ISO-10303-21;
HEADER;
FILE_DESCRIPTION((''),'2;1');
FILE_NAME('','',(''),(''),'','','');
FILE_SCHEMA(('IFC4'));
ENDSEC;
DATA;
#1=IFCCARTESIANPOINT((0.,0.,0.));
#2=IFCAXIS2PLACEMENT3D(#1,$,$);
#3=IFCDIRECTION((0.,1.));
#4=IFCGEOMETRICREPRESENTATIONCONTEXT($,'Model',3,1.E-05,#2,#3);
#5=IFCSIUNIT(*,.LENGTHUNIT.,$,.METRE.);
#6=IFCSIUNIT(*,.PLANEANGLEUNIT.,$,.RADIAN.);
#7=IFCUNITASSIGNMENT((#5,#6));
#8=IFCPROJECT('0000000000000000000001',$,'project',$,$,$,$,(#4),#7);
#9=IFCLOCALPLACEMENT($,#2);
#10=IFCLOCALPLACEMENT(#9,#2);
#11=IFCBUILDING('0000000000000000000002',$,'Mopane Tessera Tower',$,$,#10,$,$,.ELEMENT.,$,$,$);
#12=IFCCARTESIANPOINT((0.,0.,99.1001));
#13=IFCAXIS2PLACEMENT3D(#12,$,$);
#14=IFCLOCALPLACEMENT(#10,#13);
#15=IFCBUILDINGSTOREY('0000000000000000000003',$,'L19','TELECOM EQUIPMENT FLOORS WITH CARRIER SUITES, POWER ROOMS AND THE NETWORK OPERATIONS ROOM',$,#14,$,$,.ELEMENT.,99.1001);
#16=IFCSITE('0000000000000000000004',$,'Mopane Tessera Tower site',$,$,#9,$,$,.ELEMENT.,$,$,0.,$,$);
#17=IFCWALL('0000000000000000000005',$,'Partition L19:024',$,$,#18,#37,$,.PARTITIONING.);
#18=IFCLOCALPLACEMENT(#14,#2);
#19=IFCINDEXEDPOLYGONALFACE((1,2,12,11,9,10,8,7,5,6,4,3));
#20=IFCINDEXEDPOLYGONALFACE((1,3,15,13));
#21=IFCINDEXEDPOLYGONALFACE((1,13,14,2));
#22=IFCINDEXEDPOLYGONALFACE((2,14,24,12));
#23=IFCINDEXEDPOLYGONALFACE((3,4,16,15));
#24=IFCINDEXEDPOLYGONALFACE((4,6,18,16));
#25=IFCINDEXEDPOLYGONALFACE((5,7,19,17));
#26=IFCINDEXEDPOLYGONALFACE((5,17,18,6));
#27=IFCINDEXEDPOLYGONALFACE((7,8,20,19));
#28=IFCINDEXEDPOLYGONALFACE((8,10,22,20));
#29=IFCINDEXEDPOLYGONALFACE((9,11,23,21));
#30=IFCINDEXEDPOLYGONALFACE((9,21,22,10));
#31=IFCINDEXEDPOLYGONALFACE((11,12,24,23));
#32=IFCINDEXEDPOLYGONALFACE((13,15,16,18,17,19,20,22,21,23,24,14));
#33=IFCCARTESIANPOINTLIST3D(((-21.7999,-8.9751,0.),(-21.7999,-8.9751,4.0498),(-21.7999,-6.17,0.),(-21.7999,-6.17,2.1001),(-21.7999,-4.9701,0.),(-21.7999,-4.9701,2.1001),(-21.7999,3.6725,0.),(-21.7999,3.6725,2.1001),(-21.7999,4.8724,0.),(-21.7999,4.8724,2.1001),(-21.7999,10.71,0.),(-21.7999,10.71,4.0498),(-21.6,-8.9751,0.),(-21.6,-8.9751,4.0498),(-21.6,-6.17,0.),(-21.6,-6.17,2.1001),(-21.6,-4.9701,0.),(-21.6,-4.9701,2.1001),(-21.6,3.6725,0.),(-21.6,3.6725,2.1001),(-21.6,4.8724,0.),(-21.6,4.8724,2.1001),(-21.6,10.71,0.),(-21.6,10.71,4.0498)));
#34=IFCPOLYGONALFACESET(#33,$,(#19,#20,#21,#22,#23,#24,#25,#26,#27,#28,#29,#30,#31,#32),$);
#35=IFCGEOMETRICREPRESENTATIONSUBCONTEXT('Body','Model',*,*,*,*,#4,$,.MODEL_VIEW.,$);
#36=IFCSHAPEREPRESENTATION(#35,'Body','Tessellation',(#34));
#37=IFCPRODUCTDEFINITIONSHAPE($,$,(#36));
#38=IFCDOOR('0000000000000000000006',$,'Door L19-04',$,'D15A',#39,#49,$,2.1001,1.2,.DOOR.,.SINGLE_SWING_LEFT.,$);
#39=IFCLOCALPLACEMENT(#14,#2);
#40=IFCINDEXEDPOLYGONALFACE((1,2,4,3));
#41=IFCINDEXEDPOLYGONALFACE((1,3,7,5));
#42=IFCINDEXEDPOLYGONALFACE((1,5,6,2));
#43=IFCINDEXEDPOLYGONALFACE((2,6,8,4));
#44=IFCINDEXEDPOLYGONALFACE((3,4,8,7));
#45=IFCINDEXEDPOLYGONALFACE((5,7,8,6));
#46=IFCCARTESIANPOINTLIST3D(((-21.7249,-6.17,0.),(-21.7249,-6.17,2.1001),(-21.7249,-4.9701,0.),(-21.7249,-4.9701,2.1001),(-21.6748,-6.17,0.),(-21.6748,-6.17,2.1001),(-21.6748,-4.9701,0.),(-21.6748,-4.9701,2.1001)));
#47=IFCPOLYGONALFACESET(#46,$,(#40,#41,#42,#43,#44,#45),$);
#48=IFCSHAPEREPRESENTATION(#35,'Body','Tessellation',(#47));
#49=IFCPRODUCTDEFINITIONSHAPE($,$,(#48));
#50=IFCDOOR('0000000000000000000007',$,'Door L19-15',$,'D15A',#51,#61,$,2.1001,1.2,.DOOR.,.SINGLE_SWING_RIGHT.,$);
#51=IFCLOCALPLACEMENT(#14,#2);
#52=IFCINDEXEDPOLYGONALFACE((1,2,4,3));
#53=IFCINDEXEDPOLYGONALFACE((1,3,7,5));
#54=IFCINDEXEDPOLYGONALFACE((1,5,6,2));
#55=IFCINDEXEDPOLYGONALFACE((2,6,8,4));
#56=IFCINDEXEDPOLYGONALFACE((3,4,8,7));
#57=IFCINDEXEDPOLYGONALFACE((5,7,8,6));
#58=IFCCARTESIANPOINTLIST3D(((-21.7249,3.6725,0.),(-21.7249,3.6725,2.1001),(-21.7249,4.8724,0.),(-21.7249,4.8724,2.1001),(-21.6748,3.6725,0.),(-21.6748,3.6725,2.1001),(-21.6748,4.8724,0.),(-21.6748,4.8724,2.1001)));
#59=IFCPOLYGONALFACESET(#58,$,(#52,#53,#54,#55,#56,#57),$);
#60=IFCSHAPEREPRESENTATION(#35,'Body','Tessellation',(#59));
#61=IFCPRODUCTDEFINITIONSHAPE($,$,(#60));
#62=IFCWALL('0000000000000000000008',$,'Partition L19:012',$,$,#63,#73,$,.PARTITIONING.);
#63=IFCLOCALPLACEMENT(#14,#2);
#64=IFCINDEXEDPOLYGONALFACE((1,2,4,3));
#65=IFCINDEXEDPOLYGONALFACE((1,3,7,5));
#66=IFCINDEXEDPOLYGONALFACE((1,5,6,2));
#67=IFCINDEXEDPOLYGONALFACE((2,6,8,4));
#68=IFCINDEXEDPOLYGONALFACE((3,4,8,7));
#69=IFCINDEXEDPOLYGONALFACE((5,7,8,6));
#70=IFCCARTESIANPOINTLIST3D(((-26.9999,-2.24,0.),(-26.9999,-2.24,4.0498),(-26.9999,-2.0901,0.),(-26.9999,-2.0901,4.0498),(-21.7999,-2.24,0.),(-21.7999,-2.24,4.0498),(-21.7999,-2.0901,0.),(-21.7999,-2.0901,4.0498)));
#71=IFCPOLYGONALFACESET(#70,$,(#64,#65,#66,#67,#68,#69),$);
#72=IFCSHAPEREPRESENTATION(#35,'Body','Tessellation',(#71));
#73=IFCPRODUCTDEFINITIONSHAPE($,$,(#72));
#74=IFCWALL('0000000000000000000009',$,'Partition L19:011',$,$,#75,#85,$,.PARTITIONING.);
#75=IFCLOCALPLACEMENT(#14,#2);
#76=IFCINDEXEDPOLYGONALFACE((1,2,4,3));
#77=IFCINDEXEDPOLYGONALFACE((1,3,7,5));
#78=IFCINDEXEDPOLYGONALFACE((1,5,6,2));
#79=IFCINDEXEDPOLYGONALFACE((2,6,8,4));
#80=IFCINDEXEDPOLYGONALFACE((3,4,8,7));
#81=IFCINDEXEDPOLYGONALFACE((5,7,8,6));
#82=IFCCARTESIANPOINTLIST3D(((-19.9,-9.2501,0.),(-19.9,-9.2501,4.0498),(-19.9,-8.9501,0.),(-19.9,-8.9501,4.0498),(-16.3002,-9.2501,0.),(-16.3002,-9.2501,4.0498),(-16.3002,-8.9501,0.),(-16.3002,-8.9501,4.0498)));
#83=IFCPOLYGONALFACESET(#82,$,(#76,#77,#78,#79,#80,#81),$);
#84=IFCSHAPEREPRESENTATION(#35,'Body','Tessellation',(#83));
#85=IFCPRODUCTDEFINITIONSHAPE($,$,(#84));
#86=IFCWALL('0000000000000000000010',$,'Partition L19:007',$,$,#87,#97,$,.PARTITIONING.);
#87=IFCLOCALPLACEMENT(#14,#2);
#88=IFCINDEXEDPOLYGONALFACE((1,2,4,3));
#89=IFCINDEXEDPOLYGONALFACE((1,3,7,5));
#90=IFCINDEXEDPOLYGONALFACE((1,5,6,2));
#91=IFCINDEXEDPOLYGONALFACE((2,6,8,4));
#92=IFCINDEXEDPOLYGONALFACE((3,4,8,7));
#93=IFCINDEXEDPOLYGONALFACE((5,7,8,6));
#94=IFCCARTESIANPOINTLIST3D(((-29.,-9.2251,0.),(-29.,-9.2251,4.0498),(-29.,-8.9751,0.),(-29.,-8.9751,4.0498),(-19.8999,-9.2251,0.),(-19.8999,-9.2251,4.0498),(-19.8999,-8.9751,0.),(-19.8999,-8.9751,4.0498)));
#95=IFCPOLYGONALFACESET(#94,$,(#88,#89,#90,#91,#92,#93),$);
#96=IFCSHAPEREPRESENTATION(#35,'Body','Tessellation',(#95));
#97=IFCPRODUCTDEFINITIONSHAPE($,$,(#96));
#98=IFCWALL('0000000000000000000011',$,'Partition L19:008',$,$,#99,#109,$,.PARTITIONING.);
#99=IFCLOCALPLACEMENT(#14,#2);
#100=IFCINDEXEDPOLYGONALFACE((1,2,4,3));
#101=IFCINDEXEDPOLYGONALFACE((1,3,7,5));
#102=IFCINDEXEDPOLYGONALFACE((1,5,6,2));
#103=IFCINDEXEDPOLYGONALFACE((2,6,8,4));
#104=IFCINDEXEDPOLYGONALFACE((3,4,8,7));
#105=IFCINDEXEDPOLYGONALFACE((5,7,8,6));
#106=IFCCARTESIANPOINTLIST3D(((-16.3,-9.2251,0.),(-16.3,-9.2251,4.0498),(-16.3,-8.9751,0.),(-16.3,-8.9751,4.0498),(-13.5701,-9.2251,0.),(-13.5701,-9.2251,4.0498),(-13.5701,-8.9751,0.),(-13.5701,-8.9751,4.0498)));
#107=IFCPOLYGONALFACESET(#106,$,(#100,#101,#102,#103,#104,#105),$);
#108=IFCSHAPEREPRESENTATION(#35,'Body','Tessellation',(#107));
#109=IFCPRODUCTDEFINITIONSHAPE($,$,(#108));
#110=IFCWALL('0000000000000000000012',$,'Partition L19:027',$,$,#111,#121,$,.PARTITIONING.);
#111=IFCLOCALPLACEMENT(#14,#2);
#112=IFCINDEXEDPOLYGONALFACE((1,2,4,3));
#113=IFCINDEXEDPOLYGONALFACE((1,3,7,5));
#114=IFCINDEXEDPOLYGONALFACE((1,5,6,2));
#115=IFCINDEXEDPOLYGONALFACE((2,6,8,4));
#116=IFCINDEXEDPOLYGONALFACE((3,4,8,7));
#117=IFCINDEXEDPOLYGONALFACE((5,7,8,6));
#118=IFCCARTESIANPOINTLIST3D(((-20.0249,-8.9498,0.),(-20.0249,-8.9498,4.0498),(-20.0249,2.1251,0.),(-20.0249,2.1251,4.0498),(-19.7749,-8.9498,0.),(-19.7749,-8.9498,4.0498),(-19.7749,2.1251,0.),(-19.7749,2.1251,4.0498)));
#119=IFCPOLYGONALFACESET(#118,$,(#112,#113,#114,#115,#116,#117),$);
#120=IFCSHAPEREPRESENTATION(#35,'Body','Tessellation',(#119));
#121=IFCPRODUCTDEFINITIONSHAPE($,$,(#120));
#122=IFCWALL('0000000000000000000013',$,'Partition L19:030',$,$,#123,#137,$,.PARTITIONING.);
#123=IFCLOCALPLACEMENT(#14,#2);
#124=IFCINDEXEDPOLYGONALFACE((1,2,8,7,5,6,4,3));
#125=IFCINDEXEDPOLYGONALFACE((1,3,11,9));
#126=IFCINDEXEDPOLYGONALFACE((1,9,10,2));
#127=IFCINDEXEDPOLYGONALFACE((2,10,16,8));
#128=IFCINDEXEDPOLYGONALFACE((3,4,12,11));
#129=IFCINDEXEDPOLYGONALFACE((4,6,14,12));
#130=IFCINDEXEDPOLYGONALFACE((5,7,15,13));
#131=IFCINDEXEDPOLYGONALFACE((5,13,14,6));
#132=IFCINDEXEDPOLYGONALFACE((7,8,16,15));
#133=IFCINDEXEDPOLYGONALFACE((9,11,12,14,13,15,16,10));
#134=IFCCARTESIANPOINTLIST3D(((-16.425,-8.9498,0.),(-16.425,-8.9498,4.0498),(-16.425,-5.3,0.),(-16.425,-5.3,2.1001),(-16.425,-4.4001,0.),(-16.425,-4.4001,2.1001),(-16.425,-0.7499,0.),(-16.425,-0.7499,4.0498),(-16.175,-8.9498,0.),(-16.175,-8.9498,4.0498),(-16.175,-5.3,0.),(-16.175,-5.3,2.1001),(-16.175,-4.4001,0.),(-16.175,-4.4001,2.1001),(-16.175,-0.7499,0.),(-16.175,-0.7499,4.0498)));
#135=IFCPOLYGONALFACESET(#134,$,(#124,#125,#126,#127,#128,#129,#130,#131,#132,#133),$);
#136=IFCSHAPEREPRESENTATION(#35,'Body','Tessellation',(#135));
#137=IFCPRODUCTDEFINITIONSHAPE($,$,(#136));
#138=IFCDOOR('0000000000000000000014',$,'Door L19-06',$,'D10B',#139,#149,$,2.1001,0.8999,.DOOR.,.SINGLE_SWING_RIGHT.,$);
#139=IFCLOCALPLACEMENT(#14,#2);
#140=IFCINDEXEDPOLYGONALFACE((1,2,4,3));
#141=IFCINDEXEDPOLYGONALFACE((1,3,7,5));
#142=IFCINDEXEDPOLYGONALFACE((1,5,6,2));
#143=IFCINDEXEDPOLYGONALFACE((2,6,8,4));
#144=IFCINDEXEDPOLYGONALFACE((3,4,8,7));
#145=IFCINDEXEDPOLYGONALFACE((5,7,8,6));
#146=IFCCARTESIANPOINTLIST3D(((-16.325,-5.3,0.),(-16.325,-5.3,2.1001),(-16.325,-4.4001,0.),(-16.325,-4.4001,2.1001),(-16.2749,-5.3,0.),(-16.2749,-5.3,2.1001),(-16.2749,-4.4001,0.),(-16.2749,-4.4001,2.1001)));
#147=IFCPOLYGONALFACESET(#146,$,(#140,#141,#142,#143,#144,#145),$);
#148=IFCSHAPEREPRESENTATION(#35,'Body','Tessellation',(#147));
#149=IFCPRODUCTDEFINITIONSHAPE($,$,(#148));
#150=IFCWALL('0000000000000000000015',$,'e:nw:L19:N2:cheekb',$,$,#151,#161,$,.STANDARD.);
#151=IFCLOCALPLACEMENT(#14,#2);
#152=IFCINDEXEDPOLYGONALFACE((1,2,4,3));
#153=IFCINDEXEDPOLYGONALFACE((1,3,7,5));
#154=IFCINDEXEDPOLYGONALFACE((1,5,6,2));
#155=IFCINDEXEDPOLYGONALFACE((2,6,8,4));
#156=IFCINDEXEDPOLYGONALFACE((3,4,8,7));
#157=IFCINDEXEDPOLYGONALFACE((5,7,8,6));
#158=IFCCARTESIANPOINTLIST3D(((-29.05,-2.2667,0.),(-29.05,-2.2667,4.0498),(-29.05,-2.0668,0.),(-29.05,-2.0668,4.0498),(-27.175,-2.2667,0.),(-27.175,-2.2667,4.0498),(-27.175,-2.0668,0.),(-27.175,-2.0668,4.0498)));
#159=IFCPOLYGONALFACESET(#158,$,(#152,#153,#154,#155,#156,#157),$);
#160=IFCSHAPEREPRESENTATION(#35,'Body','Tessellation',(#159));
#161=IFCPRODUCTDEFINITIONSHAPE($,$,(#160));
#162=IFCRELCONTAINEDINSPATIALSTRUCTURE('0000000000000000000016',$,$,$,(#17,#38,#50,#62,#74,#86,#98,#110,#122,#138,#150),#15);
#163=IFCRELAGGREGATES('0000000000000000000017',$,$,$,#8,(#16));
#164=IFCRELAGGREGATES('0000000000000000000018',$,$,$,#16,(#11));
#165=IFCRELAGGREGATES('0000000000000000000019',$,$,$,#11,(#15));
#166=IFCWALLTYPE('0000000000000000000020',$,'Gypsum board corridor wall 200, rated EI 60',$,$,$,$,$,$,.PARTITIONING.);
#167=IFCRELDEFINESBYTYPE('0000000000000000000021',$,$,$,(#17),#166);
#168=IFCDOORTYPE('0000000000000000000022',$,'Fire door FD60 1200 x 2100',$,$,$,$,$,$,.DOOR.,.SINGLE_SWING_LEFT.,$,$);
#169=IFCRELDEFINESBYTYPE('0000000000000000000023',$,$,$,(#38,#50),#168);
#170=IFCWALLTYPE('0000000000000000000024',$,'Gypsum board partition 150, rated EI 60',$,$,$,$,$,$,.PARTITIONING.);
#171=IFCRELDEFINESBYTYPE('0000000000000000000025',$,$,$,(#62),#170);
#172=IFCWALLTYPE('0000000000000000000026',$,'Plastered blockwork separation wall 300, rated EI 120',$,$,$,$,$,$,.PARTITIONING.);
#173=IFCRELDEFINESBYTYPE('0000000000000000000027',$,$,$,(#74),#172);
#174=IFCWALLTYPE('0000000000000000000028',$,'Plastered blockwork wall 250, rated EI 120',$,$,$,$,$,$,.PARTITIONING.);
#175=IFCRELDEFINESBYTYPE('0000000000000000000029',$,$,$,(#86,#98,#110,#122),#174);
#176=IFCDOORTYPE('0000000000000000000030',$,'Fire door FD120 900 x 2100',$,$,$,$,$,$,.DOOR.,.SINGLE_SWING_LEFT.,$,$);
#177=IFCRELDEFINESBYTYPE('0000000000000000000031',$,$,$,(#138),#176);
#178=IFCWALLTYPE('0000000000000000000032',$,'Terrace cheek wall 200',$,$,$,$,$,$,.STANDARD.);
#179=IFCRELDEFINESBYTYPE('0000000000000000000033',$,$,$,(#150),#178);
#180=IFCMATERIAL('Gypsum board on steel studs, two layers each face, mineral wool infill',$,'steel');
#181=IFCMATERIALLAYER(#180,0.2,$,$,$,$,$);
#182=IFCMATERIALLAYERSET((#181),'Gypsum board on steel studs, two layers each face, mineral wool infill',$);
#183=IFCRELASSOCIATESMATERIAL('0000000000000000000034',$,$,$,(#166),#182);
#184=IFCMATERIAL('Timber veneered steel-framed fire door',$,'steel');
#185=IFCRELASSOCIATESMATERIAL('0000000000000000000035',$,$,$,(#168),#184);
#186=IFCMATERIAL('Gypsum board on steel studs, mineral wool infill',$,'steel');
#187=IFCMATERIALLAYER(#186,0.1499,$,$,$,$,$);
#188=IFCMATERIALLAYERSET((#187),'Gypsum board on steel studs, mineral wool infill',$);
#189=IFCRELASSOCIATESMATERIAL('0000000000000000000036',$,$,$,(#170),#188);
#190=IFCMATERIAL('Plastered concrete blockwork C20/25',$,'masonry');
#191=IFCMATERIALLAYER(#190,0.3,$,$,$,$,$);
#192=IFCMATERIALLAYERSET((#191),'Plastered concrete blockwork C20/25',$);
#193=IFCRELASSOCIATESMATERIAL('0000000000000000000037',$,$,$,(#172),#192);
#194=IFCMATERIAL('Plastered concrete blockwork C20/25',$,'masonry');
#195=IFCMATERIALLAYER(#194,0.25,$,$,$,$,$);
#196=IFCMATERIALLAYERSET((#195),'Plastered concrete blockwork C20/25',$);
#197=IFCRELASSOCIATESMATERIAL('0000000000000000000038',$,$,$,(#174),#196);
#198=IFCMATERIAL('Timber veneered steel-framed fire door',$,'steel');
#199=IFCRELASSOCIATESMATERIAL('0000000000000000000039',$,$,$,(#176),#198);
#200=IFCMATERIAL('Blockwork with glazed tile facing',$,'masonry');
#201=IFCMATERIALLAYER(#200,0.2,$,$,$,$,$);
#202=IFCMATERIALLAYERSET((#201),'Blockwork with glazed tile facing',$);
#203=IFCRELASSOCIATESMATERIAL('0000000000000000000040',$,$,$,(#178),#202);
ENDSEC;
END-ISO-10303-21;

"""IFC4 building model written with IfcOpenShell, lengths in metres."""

from ifc_helpers import new_model, si_unit, direction, frame, frame_2d, origin, place, context, subcontext, project, spatial, rectangle, extrude, material, layer, layer_set, type_object, element, fill, save


model = new_model("IFC4")

# Units and contexts
model_context = context("Model", 3, precision=1e-05, world=origin(), true_north=direction((0.0, 1.0)))
body_context = subcontext(model_context, "Body", "Model", "MODEL_VIEW")
ifc_project = project(units=[si_unit("LENGTHUNIT", "METRE"), si_unit("PLANEANGLEUNIT", "RADIAN")], contexts=[model_context])

# Site, building, storey
site_placement = place(None, origin())
site = spatial("IfcSite", under=ifc_project, at=site_placement, Name="Mopane Tessera Tower site", CompositionType="ELEMENT", RefElevation=0.0)
building_placement = place(site_placement, origin())
building = spatial("IfcBuilding", under=site, at=building_placement, Name="Mopane Tessera Tower", CompositionType="ELEMENT")
storey_placement = place(building_placement, frame((0.0, 0.0, 99.1001)))
storey = spatial("IfcBuildingStorey", under=building, at=storey_placement, Name="L19", Description="TELECOM EQUIPMENT FLOORS WITH CARRIER SUITES, POWER ROOMS AND THE NETWORK OPERATIONS ROOM", CompositionType="ELEMENT", Elevation=99.1001)

# Wall, openings, doors
ifc_material_1 = material(Name="Gypsum board on steel studs, two layers each face, mineral wool infill", Category="steel")
ifc_layer_1 = layer(ifc_material_1, 0.2)
ifc_layer_set_1 = layer_set([ifc_layer_1], Name="Gypsum board on steel studs, two layers each face, mineral wool infill")
wall_type_1 = type_object("IfcWallType", Name="Gypsum board corridor wall 200, rated EI 60", PredefinedType="PARTITIONING", material=ifc_layer_set_1)
wall_1_placement = place(storey_placement, frame((-21.7, -8.9751, 0.0), z_axis=(0.0, 0.0, 1.0), x_axis=(0.0, 1.0, 0.0)))
wall_1 = element("IfcWall", 1, at=wall_1_placement, inside=storey, type_object=wall_type_1, Name="Partition L19:024", PredefinedType="PARTITIONING", context=body_context, shape_type="SweptSolid", body=[
    extrude(rectangle(XDim=19.6851, YDim=0.2, at=frame_2d((9.8425, 0.0))), origin(), (0.0, 0.0, 1.0), 4.0498),
])
opening_1_placement = place(wall_1_placement, frame((2.8049, 0.0, 0.0)))
opening_1 = element("IfcOpeningElement", 2, at=opening_1_placement, cuts=wall_1, PredefinedType="OPENING", context=body_context, shape_type="SweptSolid", body=[
    extrude(rectangle(XDim=1.2, YDim=2.1001, at=frame_2d((0.6001, 1.05))), frame((0.0, 0.1121, 0.0), z_axis=(0.0, -1.0, 0.0), x_axis=(1.0, 0.0, 0.0)), (0.0, 0.0, 1.0), 0.2239),
])
opening_2_placement = place(wall_1_placement, frame((12.6475, 0.0, 0.0)))
opening_2 = element("IfcOpeningElement", 3, at=opening_2_placement, cuts=wall_1, PredefinedType="OPENING", context=body_context, shape_type="SweptSolid", body=[
    extrude(rectangle(XDim=1.2, YDim=2.1001, at=frame_2d((0.6001, 1.05))), frame((0.0, 0.1121, 0.0), z_axis=(0.0, -1.0, 0.0), x_axis=(1.0, 0.0, 0.0)), (0.0, 0.0, 1.0), 0.2239),
])
ifc_material_2 = material(Name="Timber veneered steel-framed fire door", Category="steel")
door_type_1 = type_object("IfcDoorType", Name="Fire door FD60 1200 x 2100", OperationType="SINGLE_SWING_LEFT", PredefinedType="DOOR", material=ifc_material_2)
door_1_placement = place(opening_1_placement, origin())
door_1 = element("IfcDoor", 4, at=door_1_placement, inside=storey, type_object=door_type_1, Name="Door L19-04", ObjectType="D15A", OperationType="SINGLE_SWING_LEFT", OverallHeight=2.1001, OverallWidth=1.2, PredefinedType="DOOR", context=body_context, shape_type="SweptSolid", body=[
    extrude(rectangle(XDim=1.2, YDim=2.1001, at=frame_2d((0.6001, 1.05))), frame((0.0, 0.0249, 0.0), z_axis=(0.0, -1.0, 0.0), x_axis=(1.0, 0.0, 0.0)), (0.0, 0.0, 1.0), 0.05),
])
fill(opening_1, door_1)
door_2_placement = place(opening_2_placement, origin())
door_2 = element("IfcDoor", 5, at=door_2_placement, inside=storey, type_object=door_type_1, Name="Door L19-15", ObjectType="D15A", OperationType="SINGLE_SWING_RIGHT", OverallHeight=2.1001, OverallWidth=1.2, PredefinedType="DOOR", context=body_context, shape_type="SweptSolid", body=[
    extrude(rectangle(XDim=1.2, YDim=2.1001, at=frame_2d((0.6001, 1.05))), frame((0.0, 0.0249, 0.0), z_axis=(0.0, -1.0, 0.0), x_axis=(1.0, 0.0, 0.0)), (0.0, 0.0, 1.0), 0.05),
])
fill(opening_2, door_2)

# Walls
ifc_material_3 = material(Name="Gypsum board on steel studs, mineral wool infill", Category="steel")
ifc_layer_2 = layer(ifc_material_3, 0.1499)
ifc_layer_set_2 = layer_set([ifc_layer_2], Name="Gypsum board on steel studs, mineral wool infill")
wall_type_2 = type_object("IfcWallType", Name="Gypsum board partition 150, rated EI 60", PredefinedType="PARTITIONING", material=ifc_layer_set_2)
wall_2_placement = place(storey_placement, frame((-27.0, -2.165, 0.0), z_axis=(0.0, 0.0, 1.0), x_axis=(1.0, 0.0, 0.0)))
element("IfcWall", 6, at=wall_2_placement, inside=storey, type_object=wall_type_2, Name="Partition L19:012", PredefinedType="PARTITIONING", context=body_context, shape_type="SweptSolid", body=[
    extrude(rectangle(XDim=5.2, YDim=0.1499, at=frame_2d((2.6001, 0.0))), origin(), (0.0, 0.0, 1.0), 4.0498),
])
ifc_material_4 = material(Name="Plastered concrete blockwork C20/25", Category="masonry")
ifc_layer_3 = layer(ifc_material_4, 0.3)
ifc_layer_set_3 = layer_set([ifc_layer_3], Name="Plastered concrete blockwork C20/25")
wall_type_3 = type_object("IfcWallType", Name="Plastered blockwork separation wall 300, rated EI 120", PredefinedType="PARTITIONING", material=ifc_layer_set_3)
wall_3_placement = place(storey_placement, frame((-19.8999, -9.1001, 0.0), z_axis=(0.0, 0.0, 1.0), x_axis=(1.0, 0.0, 0.0)))
element("IfcWall", 7, at=wall_3_placement, inside=storey, type_object=wall_type_3, Name="Partition L19:011", PredefinedType="PARTITIONING", context=body_context, shape_type="SweptSolid", body=[
    extrude(rectangle(XDim=3.5999, YDim=0.3, at=frame_2d((1.7998, 0.0))), origin(), (0.0, 0.0, 1.0), 4.0498),
])
ifc_material_5 = material(Name="Plastered concrete blockwork C20/25", Category="masonry")
ifc_layer_4 = layer(ifc_material_5, 0.25)
ifc_layer_set_4 = layer_set([ifc_layer_4], Name="Plastered concrete blockwork C20/25")
wall_type_4 = type_object("IfcWallType", Name="Plastered blockwork wall 250, rated EI 120", PredefinedType="PARTITIONING", material=ifc_layer_set_4)
wall_4_placement = place(storey_placement, frame((-29.0, -9.1001, 0.0), z_axis=(0.0, 0.0, 1.0), x_axis=(1.0, 0.0, 0.0)))
element("IfcWall", 8, at=wall_4_placement, inside=storey, type_object=wall_type_4, Name="Partition L19:007", PredefinedType="PARTITIONING", context=body_context, shape_type="SweptSolid", body=[
    extrude(rectangle(XDim=9.1001, YDim=0.25, at=frame_2d((4.55, 0.0))), origin(), (0.0, 0.0, 1.0), 4.0498),
])
wall_5_placement = place(storey_placement, frame((-16.3, -9.1001, 0.0), z_axis=(0.0, 0.0, 1.0), x_axis=(1.0, 0.0, 0.0)))
element("IfcWall", 9, at=wall_5_placement, inside=storey, type_object=wall_type_4, Name="Partition L19:008", PredefinedType="PARTITIONING", context=body_context, shape_type="SweptSolid", body=[
    extrude(rectangle(XDim=2.73, YDim=0.25, at=frame_2d((1.365, 0.0))), origin(), (0.0, 0.0, 1.0), 4.0498),
])
wall_6_placement = place(storey_placement, frame((-19.8999, -8.95, 0.0), z_axis=(0.0, 0.0, 1.0), x_axis=(0.0, 1.0, 0.0)))
element("IfcWall", 10, at=wall_6_placement, inside=storey, type_object=wall_type_4, Name="Partition L19:027", PredefinedType="PARTITIONING", context=body_context, shape_type="SweptSolid", body=[
    extrude(rectangle(XDim=11.075, YDim=0.25, at=frame_2d((5.5376, 0.0))), origin(), (0.0, 0.0, 1.0), 4.0498),
])

# Wall, opening, door
wall_7_placement = place(storey_placement, frame((-16.3, -8.95, 0.0), z_axis=(0.0, 0.0, 1.0), x_axis=(0.0, 1.0, 0.0)))
wall_7 = element("IfcWall", 11, at=wall_7_placement, inside=storey, type_object=wall_type_4, Name="Partition L19:030", PredefinedType="PARTITIONING", context=body_context, shape_type="SweptSolid", body=[
    extrude(rectangle(XDim=8.2, YDim=0.25, at=frame_2d((4.1001, 0.0))), origin(), (0.0, 0.0, 1.0), 4.0498),
])
opening_3_placement = place(wall_7_placement, frame((3.6499, 0.0, 0.0)))
opening_3 = element("IfcOpeningElement", 12, at=opening_3_placement, cuts=wall_7, PredefinedType="OPENING", context=body_context, shape_type="SweptSolid", body=[
    extrude(rectangle(XDim=0.8999, YDim=2.1001, at=frame_2d((0.45, 1.05))), frame((0.0, 0.137, 0.0), z_axis=(0.0, -1.0, 0.0), x_axis=(1.0, 0.0, 0.0)), (0.0, 0.0, 1.0), 0.2739),
])
ifc_material_6 = material(Name="Timber veneered steel-framed fire door", Category="steel")
door_type_2 = type_object("IfcDoorType", Name="Fire door FD120 900 x 2100", OperationType="SINGLE_SWING_LEFT", PredefinedType="DOOR", material=ifc_material_6)
door_3_placement = place(opening_3_placement, origin())
door_3 = element("IfcDoor", 13, at=door_3_placement, inside=storey, type_object=door_type_2, Name="Door L19-06", ObjectType="D10B", OperationType="SINGLE_SWING_RIGHT", OverallHeight=2.1001, OverallWidth=0.8999, PredefinedType="DOOR", context=body_context, shape_type="SweptSolid", body=[
    extrude(rectangle(XDim=0.8999, YDim=2.1001, at=frame_2d((0.45, 1.05))), frame((0.0, 0.0249, 0.0), z_axis=(0.0, -1.0, 0.0), x_axis=(1.0, 0.0, 0.0)), (0.0, 0.0, 1.0), 0.05),
])
fill(opening_3, door_3)

# Wall
ifc_material_7 = material(Name="Blockwork with glazed tile facing", Category="masonry")
ifc_layer_5 = layer(ifc_material_7, 0.2)
ifc_layer_set_5 = layer_set([ifc_layer_5], Name="Blockwork with glazed tile facing")
wall_type_5 = type_object("IfcWallType", Name="Terrace cheek wall 200", PredefinedType="STANDARD", material=ifc_layer_set_5)
wall_8_placement = place(storey_placement, frame((-29.05, -2.1667, 0.0), z_axis=(0.0, 0.0, 1.0), x_axis=(1.0, 0.0, 0.0)))
element("IfcWall", 14, at=wall_8_placement, inside=storey, type_object=wall_type_5, Name="e:nw:L19:N2:cheekb", PredefinedType="STANDARD", context=body_context, shape_type="SweptSolid", body=[
    extrude(rectangle(XDim=1.875, YDim=0.2, at=frame_2d((0.9375, 0.0))), origin(), (0.0, 0.0, 1.0), 4.0498),
])

save(model, "model.ifc")
